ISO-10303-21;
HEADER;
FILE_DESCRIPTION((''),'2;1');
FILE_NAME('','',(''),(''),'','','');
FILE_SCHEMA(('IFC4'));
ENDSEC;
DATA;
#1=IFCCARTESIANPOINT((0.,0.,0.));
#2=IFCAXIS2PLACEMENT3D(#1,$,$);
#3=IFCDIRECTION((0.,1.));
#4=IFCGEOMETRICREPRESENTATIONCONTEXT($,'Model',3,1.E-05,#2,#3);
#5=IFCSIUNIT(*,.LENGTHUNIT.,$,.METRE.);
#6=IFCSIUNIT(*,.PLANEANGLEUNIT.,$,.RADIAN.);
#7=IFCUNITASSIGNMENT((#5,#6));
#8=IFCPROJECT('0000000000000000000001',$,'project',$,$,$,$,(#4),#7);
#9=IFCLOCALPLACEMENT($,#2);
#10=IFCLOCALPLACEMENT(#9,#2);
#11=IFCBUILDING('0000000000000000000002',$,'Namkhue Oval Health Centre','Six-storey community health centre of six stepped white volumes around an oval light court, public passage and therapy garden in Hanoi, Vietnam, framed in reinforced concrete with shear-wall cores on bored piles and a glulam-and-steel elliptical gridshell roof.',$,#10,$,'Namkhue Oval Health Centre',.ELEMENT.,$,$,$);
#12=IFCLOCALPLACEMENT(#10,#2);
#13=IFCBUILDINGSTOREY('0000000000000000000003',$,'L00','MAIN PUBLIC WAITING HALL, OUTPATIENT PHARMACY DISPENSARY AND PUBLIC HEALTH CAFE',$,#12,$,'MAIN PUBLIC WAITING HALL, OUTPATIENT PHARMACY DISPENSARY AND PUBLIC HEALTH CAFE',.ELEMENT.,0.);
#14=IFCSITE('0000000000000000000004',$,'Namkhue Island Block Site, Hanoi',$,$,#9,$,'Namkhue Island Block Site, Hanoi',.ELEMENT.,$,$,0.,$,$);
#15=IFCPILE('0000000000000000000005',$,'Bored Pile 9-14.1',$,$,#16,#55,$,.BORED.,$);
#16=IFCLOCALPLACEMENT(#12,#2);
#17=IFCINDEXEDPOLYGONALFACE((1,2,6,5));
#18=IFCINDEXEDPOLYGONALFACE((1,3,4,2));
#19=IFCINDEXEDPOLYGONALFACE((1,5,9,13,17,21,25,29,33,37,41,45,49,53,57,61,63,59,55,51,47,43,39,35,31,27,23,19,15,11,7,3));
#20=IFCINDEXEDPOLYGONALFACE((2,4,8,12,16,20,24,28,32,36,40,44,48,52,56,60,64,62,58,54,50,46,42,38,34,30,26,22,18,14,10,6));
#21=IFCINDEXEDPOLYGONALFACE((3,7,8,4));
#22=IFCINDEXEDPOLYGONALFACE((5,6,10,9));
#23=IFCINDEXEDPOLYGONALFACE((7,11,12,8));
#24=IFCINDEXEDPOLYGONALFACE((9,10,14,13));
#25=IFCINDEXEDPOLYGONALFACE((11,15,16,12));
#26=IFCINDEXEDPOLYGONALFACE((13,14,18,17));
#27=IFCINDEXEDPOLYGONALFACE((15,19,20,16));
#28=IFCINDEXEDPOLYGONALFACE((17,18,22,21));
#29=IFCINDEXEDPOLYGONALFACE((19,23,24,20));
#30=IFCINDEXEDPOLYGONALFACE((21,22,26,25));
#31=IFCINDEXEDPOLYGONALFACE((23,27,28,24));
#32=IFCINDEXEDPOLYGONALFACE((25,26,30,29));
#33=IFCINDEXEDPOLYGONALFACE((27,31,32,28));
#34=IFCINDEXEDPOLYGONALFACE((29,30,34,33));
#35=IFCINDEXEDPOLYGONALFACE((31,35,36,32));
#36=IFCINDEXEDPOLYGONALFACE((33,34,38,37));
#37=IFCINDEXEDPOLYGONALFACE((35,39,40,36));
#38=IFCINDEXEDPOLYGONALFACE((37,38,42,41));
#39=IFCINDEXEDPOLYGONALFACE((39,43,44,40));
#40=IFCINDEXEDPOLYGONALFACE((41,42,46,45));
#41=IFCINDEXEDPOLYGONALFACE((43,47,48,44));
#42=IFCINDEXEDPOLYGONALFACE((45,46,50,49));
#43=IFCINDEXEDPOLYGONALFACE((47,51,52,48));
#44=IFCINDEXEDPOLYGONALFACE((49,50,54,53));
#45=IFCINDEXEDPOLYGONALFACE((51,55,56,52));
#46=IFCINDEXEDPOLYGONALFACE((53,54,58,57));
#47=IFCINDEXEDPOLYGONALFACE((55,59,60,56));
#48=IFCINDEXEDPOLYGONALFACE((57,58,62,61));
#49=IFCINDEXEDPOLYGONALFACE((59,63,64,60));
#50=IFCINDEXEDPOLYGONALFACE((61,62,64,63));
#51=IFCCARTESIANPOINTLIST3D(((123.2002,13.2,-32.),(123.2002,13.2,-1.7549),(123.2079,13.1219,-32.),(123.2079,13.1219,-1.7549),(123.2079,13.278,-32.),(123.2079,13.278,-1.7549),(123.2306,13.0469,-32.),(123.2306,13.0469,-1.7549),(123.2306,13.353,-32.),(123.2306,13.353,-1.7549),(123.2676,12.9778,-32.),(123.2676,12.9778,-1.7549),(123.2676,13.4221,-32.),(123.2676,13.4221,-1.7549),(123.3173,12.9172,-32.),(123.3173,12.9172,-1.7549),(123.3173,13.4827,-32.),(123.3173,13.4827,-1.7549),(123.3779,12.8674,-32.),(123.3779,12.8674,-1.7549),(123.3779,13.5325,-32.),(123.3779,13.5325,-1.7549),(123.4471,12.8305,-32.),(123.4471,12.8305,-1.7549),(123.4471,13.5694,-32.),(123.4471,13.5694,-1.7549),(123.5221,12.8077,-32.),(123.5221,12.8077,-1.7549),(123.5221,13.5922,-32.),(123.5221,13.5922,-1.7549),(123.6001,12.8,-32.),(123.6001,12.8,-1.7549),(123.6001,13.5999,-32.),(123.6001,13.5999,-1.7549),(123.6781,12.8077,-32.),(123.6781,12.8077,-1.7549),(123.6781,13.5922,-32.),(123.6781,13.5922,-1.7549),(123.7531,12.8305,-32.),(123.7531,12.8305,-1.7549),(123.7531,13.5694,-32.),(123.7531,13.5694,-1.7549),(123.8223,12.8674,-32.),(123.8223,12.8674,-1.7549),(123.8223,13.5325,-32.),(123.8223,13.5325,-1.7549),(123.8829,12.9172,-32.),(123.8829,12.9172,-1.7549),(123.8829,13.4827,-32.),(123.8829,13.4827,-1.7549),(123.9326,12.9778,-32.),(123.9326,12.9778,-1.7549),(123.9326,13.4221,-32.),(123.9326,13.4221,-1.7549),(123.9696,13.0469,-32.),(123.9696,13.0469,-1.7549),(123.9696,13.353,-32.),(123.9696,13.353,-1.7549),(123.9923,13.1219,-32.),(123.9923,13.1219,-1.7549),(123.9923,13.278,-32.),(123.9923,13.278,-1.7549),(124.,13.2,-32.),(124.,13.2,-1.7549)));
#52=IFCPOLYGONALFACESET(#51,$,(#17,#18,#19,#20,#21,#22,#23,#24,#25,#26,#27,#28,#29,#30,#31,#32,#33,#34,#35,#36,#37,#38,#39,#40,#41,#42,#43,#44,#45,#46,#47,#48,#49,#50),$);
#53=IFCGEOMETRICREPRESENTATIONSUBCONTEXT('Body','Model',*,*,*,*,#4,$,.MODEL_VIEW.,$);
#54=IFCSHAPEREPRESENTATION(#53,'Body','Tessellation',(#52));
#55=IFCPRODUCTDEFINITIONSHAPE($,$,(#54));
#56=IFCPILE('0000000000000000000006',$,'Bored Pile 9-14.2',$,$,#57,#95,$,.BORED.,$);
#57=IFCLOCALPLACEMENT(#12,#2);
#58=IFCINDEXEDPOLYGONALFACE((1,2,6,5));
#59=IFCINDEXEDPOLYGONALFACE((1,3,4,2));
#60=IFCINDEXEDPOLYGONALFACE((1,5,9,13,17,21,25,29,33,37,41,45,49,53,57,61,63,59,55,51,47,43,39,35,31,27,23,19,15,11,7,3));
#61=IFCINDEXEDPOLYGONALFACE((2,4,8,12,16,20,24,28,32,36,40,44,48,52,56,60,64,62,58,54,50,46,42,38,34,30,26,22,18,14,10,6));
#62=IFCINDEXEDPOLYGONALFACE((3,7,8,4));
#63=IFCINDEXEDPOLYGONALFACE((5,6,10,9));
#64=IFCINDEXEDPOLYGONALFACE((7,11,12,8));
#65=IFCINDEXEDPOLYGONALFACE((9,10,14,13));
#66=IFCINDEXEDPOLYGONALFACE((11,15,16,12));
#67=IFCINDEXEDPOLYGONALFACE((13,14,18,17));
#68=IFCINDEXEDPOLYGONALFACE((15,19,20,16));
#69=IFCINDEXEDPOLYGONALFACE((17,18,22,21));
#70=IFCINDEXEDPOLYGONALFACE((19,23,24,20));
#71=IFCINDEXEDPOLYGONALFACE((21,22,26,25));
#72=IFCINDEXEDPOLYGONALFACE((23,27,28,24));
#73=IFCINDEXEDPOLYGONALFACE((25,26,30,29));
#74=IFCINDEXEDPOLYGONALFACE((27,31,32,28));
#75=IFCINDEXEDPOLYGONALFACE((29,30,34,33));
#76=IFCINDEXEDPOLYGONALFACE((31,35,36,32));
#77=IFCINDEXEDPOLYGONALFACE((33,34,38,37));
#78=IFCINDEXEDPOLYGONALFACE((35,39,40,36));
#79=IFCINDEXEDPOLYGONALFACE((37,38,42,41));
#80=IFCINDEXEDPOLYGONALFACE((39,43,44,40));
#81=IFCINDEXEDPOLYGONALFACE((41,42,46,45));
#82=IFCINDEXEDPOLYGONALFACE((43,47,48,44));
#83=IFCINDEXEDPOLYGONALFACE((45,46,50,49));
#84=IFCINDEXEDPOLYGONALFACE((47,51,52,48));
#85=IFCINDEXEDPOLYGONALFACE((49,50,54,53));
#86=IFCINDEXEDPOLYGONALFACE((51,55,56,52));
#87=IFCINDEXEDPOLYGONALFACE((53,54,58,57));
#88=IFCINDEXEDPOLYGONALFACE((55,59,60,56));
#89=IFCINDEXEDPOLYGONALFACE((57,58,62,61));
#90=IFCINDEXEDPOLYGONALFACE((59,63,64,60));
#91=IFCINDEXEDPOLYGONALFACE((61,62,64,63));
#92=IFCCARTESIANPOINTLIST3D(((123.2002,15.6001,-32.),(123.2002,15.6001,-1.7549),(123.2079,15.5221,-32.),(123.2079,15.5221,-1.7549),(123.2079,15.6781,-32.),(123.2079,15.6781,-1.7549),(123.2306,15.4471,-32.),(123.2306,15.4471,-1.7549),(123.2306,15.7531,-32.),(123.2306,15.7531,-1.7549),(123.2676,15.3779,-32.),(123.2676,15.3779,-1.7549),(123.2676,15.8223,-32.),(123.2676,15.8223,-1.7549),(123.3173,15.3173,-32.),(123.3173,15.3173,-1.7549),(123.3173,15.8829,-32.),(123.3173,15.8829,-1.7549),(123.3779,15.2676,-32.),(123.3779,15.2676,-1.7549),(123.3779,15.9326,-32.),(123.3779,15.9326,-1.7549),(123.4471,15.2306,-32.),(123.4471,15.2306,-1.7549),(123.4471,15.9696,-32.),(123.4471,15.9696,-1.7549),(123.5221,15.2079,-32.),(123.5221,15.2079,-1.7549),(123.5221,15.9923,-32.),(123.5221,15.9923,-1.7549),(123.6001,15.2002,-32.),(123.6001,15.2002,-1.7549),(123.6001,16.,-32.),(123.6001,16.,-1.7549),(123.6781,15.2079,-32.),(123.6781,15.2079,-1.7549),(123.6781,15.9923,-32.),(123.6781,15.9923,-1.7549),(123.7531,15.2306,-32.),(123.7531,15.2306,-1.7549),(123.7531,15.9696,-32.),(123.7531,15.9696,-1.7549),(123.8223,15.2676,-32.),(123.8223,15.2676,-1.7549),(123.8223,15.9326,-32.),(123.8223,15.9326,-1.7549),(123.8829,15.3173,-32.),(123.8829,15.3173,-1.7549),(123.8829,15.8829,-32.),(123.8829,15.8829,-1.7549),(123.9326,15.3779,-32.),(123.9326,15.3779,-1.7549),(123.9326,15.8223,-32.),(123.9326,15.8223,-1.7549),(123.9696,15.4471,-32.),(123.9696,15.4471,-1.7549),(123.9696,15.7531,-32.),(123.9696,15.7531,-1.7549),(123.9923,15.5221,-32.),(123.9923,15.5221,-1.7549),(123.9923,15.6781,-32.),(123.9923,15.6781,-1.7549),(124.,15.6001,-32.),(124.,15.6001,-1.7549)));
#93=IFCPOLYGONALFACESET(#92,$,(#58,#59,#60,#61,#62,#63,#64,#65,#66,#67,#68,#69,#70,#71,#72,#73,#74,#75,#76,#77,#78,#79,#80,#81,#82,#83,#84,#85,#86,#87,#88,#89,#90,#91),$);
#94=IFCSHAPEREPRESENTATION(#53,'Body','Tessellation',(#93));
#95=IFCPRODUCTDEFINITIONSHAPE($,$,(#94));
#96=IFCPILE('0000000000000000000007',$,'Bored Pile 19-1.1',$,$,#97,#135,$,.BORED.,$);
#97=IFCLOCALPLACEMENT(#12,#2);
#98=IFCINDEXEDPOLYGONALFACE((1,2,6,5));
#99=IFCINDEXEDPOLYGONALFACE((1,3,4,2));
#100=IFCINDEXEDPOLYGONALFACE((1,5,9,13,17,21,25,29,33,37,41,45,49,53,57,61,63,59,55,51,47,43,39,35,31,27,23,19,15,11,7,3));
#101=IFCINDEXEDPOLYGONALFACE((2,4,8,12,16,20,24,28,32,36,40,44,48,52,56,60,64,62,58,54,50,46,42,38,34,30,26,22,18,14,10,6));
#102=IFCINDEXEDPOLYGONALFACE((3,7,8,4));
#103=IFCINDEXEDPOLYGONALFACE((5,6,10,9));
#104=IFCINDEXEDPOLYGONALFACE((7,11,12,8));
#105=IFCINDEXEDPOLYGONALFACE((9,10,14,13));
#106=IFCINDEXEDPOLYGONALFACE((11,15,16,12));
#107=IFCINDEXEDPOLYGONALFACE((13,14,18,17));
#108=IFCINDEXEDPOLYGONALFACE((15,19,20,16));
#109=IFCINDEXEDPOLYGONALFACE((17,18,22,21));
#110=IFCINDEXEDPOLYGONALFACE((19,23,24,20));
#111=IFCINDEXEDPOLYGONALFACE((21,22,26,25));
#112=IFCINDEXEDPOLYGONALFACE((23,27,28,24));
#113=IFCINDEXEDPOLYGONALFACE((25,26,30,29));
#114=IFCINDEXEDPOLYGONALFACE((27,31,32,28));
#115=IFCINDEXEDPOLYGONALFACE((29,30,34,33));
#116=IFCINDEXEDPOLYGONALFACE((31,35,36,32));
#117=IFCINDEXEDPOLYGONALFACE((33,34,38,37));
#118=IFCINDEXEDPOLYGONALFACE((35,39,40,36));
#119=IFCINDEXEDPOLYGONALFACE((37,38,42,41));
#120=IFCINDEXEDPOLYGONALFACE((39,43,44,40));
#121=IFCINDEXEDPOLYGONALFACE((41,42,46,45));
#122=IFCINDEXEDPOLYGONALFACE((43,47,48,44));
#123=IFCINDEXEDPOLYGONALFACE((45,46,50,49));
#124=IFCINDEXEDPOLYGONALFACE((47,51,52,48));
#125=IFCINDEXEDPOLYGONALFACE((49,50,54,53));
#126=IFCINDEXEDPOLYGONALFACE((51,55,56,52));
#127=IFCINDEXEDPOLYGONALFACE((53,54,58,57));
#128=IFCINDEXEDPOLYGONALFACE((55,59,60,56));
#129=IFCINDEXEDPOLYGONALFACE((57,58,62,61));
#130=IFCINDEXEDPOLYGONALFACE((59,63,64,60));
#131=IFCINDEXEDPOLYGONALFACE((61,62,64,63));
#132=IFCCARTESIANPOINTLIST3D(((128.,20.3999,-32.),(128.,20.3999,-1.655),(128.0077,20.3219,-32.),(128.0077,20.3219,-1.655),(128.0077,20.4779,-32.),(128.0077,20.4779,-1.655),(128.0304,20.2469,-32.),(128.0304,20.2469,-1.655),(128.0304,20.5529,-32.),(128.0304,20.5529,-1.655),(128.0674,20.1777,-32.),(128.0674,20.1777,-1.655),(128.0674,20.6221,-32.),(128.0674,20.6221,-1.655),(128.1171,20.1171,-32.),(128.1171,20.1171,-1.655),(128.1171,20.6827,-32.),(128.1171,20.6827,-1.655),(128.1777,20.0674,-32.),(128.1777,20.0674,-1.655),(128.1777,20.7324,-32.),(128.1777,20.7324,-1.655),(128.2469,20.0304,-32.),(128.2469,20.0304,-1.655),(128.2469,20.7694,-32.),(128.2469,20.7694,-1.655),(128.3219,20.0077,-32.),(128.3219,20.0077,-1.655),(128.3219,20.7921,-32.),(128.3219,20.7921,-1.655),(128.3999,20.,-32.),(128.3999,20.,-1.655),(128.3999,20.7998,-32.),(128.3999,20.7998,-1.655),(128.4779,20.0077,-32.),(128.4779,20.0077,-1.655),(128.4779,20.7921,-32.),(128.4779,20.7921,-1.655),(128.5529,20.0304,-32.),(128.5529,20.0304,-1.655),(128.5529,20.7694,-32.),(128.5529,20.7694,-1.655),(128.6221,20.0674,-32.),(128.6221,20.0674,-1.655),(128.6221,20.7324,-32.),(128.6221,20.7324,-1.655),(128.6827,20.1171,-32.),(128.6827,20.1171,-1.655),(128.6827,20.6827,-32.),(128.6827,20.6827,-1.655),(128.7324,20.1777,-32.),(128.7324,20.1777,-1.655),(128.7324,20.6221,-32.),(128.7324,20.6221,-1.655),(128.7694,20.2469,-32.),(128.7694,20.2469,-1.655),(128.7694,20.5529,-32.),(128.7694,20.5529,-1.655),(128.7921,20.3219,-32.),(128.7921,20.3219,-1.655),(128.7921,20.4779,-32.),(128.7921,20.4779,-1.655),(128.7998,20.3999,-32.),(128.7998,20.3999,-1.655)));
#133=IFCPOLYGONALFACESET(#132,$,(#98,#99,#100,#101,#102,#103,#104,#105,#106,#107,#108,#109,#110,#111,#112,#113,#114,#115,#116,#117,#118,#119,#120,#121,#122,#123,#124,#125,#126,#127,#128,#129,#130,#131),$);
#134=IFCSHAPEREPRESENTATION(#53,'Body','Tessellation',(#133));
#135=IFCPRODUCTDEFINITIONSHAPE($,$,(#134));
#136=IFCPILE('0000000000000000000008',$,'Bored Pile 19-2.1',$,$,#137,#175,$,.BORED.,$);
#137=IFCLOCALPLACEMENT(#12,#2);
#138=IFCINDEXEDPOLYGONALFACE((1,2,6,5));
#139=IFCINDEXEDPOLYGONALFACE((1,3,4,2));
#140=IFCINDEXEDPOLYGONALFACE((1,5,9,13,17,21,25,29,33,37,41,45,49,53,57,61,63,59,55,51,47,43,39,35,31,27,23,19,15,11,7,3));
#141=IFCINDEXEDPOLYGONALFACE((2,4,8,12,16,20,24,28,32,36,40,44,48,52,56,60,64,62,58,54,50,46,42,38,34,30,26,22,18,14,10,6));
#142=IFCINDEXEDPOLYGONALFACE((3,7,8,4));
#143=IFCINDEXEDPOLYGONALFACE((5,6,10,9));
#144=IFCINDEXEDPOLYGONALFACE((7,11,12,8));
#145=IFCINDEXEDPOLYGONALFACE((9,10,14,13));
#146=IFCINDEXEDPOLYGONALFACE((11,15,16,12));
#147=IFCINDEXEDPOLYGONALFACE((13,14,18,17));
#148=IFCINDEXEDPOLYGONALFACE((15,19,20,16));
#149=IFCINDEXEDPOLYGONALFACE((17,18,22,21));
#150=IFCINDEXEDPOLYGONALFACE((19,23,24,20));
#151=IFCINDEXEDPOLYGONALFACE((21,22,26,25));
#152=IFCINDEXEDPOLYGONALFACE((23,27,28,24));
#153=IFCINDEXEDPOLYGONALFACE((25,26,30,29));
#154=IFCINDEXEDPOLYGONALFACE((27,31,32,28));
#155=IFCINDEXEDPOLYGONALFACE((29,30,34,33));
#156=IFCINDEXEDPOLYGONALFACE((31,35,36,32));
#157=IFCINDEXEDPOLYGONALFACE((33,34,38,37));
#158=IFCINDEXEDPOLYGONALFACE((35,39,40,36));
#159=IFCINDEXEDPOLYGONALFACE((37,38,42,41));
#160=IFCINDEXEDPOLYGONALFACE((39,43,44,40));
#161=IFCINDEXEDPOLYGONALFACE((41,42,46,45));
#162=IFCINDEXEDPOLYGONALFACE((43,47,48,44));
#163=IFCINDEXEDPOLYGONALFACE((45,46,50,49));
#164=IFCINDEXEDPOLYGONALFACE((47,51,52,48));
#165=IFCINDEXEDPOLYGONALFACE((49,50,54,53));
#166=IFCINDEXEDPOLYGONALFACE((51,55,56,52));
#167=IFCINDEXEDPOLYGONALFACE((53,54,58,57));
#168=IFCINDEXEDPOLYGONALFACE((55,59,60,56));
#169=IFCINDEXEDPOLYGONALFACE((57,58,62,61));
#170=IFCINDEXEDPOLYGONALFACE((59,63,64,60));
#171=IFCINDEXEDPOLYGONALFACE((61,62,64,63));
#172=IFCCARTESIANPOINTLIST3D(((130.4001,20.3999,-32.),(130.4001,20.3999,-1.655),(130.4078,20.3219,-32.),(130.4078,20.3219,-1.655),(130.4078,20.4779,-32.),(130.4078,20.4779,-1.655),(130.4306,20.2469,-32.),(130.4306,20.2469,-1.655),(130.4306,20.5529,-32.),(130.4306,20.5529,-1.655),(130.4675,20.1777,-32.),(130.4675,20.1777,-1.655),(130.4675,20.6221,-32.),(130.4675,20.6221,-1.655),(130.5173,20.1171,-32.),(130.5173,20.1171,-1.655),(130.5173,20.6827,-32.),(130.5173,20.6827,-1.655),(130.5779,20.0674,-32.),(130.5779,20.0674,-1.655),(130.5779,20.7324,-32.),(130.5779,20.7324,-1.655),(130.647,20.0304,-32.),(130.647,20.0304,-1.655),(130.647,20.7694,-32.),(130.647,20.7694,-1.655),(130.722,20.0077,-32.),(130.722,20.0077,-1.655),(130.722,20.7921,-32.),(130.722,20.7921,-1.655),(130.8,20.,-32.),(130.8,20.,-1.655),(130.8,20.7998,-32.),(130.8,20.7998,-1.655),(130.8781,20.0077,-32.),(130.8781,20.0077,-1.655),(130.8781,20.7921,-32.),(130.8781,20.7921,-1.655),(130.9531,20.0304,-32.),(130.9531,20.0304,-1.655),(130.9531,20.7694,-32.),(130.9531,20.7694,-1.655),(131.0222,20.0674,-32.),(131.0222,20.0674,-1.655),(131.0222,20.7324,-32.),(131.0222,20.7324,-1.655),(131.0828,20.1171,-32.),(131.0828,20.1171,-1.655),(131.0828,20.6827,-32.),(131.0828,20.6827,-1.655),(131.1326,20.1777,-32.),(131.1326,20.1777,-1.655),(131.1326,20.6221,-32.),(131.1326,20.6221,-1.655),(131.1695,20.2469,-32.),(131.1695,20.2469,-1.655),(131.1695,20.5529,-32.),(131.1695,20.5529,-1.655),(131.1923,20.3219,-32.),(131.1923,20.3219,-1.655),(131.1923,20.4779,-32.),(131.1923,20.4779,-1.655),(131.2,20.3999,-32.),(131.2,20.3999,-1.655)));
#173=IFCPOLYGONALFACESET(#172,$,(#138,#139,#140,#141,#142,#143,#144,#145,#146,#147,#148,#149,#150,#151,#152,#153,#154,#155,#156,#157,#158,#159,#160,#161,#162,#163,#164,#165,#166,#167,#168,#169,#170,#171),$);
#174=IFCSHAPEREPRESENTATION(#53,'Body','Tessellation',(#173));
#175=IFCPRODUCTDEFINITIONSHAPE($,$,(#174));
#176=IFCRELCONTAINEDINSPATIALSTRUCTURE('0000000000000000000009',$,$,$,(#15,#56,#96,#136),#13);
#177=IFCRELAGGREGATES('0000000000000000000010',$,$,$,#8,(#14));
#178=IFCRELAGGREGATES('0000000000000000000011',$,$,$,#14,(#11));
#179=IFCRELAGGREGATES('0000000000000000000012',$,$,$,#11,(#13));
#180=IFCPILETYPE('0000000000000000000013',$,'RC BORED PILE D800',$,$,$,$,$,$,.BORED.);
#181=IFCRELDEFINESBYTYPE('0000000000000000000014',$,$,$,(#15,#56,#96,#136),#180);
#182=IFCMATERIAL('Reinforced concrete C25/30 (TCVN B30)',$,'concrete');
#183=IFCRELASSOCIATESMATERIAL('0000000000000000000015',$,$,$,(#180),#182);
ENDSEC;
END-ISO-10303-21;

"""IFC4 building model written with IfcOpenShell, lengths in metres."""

from ifc_helpers import new_model, si_unit, direction, frame, origin, origin_2d, place, context, subcontext, project, spatial, circle, extrude, material, material_profile, profile_set, type_object, element, save


model = new_model("IFC4")

# Units and contexts
model_context = context("Model", 3, precision=1e-05, world=origin(), true_north=direction((0.0, 1.0)))
body_context = subcontext(model_context, "Body", "Model", "MODEL_VIEW")
ifc_project = project(units=[si_unit("LENGTHUNIT", "METRE"), si_unit("PLANEANGLEUNIT", "RADIAN")], contexts=[model_context])

# Site, building, storey
site_placement = place(None, origin())
site = spatial("IfcSite", under=ifc_project, at=site_placement, Name="Namkhue Island Block Site, Hanoi", LongName="Namkhue Island Block Site, Hanoi", CompositionType="ELEMENT", RefElevation=0.0)
building_placement = place(site_placement, origin())
building = spatial("IfcBuilding", under=site, at=building_placement, Name="Namkhue Oval Health Centre", Description="Six-storey community health centre of six stepped white volumes around an oval light court, public passage and therapy garden in Hanoi, Vietnam, framed in reinforced concrete with shear-wall cores on bored piles and a glulam-and-steel elliptical gridshell roof.", LongName="Namkhue Oval Health Centre", CompositionType="ELEMENT")
storey_placement = place(building_placement, origin())
storey = spatial("IfcBuildingStorey", under=building, at=storey_placement, Name="L00", Description="MAIN PUBLIC WAITING HALL, OUTPATIENT PHARMACY DISPENSARY AND PUBLIC HEALTH CAFE", LongName="MAIN PUBLIC WAITING HALL, OUTPATIENT PHARMACY DISPENSARY AND PUBLIC HEALTH CAFE", CompositionType="ELEMENT", Elevation=0.0)

# Piles
ifc_material_1 = material(Name="Reinforced concrete C25/30 (TCVN B30)", Category="concrete")
ifc_material_profile_1 = material_profile(ifc_material_1, circle(Radius=0.3999, at=origin_2d()), Name="BORED PILE D800")
ifc_profile_set_1 = profile_set([ifc_material_profile_1], Name="Reinforced concrete C25/30 (TCVN B30)")
pile_type_1 = type_object("IfcPileType", Name="RC BORED PILE D800", PredefinedType="BORED", material=ifc_profile_set_1)
for number, where, z_axis, x_axis, name in (
    (1, (123.6001, 13.2, -1.7549), (0.0, 0.0, -1.0), (1.0, 0.0, 0.0), "Bored Pile 9-14.1"),
    (2, (123.6001, 15.6001, -1.7549), (0.0, 0.0, -1.0), (1.0, 0.0, 0.0), "Bored Pile 9-14.2"),
):
    element("IfcPile", number, at=place(storey_placement, frame(where, z_axis=z_axis, x_axis=x_axis)), inside=storey, type_object=pile_type_1, Name=name, PredefinedType="BORED", context=body_context, shape_type="SweptSolid", body=[
        extrude(circle(Radius=0.3999, at=origin_2d()), origin(), (0.0, 0.0, 1.0), 30.2451),
    ])
for number, where, z_axis, x_axis, name in (
    (3, (128.3999, 20.3999, -1.655), (0.0, 0.0, -1.0), (1.0, 0.0, 0.0), "Bored Pile 19-1.1"),
    (4, (130.8, 20.3999, -1.655), (0.0, 0.0, -1.0), (1.0, 0.0, 0.0), "Bored Pile 19-2.1"),
):
    element("IfcPile", number, at=place(storey_placement, frame(where, z_axis=z_axis, x_axis=x_axis)), inside=storey, type_object=pile_type_1, Name=name, PredefinedType="BORED", context=body_context, shape_type="SweptSolid", body=[
        extrude(circle(Radius=0.3999, at=origin_2d()), origin(), (0.0, 0.0, 1.0), 30.345),
    ])

save(model, "model.ifc")
